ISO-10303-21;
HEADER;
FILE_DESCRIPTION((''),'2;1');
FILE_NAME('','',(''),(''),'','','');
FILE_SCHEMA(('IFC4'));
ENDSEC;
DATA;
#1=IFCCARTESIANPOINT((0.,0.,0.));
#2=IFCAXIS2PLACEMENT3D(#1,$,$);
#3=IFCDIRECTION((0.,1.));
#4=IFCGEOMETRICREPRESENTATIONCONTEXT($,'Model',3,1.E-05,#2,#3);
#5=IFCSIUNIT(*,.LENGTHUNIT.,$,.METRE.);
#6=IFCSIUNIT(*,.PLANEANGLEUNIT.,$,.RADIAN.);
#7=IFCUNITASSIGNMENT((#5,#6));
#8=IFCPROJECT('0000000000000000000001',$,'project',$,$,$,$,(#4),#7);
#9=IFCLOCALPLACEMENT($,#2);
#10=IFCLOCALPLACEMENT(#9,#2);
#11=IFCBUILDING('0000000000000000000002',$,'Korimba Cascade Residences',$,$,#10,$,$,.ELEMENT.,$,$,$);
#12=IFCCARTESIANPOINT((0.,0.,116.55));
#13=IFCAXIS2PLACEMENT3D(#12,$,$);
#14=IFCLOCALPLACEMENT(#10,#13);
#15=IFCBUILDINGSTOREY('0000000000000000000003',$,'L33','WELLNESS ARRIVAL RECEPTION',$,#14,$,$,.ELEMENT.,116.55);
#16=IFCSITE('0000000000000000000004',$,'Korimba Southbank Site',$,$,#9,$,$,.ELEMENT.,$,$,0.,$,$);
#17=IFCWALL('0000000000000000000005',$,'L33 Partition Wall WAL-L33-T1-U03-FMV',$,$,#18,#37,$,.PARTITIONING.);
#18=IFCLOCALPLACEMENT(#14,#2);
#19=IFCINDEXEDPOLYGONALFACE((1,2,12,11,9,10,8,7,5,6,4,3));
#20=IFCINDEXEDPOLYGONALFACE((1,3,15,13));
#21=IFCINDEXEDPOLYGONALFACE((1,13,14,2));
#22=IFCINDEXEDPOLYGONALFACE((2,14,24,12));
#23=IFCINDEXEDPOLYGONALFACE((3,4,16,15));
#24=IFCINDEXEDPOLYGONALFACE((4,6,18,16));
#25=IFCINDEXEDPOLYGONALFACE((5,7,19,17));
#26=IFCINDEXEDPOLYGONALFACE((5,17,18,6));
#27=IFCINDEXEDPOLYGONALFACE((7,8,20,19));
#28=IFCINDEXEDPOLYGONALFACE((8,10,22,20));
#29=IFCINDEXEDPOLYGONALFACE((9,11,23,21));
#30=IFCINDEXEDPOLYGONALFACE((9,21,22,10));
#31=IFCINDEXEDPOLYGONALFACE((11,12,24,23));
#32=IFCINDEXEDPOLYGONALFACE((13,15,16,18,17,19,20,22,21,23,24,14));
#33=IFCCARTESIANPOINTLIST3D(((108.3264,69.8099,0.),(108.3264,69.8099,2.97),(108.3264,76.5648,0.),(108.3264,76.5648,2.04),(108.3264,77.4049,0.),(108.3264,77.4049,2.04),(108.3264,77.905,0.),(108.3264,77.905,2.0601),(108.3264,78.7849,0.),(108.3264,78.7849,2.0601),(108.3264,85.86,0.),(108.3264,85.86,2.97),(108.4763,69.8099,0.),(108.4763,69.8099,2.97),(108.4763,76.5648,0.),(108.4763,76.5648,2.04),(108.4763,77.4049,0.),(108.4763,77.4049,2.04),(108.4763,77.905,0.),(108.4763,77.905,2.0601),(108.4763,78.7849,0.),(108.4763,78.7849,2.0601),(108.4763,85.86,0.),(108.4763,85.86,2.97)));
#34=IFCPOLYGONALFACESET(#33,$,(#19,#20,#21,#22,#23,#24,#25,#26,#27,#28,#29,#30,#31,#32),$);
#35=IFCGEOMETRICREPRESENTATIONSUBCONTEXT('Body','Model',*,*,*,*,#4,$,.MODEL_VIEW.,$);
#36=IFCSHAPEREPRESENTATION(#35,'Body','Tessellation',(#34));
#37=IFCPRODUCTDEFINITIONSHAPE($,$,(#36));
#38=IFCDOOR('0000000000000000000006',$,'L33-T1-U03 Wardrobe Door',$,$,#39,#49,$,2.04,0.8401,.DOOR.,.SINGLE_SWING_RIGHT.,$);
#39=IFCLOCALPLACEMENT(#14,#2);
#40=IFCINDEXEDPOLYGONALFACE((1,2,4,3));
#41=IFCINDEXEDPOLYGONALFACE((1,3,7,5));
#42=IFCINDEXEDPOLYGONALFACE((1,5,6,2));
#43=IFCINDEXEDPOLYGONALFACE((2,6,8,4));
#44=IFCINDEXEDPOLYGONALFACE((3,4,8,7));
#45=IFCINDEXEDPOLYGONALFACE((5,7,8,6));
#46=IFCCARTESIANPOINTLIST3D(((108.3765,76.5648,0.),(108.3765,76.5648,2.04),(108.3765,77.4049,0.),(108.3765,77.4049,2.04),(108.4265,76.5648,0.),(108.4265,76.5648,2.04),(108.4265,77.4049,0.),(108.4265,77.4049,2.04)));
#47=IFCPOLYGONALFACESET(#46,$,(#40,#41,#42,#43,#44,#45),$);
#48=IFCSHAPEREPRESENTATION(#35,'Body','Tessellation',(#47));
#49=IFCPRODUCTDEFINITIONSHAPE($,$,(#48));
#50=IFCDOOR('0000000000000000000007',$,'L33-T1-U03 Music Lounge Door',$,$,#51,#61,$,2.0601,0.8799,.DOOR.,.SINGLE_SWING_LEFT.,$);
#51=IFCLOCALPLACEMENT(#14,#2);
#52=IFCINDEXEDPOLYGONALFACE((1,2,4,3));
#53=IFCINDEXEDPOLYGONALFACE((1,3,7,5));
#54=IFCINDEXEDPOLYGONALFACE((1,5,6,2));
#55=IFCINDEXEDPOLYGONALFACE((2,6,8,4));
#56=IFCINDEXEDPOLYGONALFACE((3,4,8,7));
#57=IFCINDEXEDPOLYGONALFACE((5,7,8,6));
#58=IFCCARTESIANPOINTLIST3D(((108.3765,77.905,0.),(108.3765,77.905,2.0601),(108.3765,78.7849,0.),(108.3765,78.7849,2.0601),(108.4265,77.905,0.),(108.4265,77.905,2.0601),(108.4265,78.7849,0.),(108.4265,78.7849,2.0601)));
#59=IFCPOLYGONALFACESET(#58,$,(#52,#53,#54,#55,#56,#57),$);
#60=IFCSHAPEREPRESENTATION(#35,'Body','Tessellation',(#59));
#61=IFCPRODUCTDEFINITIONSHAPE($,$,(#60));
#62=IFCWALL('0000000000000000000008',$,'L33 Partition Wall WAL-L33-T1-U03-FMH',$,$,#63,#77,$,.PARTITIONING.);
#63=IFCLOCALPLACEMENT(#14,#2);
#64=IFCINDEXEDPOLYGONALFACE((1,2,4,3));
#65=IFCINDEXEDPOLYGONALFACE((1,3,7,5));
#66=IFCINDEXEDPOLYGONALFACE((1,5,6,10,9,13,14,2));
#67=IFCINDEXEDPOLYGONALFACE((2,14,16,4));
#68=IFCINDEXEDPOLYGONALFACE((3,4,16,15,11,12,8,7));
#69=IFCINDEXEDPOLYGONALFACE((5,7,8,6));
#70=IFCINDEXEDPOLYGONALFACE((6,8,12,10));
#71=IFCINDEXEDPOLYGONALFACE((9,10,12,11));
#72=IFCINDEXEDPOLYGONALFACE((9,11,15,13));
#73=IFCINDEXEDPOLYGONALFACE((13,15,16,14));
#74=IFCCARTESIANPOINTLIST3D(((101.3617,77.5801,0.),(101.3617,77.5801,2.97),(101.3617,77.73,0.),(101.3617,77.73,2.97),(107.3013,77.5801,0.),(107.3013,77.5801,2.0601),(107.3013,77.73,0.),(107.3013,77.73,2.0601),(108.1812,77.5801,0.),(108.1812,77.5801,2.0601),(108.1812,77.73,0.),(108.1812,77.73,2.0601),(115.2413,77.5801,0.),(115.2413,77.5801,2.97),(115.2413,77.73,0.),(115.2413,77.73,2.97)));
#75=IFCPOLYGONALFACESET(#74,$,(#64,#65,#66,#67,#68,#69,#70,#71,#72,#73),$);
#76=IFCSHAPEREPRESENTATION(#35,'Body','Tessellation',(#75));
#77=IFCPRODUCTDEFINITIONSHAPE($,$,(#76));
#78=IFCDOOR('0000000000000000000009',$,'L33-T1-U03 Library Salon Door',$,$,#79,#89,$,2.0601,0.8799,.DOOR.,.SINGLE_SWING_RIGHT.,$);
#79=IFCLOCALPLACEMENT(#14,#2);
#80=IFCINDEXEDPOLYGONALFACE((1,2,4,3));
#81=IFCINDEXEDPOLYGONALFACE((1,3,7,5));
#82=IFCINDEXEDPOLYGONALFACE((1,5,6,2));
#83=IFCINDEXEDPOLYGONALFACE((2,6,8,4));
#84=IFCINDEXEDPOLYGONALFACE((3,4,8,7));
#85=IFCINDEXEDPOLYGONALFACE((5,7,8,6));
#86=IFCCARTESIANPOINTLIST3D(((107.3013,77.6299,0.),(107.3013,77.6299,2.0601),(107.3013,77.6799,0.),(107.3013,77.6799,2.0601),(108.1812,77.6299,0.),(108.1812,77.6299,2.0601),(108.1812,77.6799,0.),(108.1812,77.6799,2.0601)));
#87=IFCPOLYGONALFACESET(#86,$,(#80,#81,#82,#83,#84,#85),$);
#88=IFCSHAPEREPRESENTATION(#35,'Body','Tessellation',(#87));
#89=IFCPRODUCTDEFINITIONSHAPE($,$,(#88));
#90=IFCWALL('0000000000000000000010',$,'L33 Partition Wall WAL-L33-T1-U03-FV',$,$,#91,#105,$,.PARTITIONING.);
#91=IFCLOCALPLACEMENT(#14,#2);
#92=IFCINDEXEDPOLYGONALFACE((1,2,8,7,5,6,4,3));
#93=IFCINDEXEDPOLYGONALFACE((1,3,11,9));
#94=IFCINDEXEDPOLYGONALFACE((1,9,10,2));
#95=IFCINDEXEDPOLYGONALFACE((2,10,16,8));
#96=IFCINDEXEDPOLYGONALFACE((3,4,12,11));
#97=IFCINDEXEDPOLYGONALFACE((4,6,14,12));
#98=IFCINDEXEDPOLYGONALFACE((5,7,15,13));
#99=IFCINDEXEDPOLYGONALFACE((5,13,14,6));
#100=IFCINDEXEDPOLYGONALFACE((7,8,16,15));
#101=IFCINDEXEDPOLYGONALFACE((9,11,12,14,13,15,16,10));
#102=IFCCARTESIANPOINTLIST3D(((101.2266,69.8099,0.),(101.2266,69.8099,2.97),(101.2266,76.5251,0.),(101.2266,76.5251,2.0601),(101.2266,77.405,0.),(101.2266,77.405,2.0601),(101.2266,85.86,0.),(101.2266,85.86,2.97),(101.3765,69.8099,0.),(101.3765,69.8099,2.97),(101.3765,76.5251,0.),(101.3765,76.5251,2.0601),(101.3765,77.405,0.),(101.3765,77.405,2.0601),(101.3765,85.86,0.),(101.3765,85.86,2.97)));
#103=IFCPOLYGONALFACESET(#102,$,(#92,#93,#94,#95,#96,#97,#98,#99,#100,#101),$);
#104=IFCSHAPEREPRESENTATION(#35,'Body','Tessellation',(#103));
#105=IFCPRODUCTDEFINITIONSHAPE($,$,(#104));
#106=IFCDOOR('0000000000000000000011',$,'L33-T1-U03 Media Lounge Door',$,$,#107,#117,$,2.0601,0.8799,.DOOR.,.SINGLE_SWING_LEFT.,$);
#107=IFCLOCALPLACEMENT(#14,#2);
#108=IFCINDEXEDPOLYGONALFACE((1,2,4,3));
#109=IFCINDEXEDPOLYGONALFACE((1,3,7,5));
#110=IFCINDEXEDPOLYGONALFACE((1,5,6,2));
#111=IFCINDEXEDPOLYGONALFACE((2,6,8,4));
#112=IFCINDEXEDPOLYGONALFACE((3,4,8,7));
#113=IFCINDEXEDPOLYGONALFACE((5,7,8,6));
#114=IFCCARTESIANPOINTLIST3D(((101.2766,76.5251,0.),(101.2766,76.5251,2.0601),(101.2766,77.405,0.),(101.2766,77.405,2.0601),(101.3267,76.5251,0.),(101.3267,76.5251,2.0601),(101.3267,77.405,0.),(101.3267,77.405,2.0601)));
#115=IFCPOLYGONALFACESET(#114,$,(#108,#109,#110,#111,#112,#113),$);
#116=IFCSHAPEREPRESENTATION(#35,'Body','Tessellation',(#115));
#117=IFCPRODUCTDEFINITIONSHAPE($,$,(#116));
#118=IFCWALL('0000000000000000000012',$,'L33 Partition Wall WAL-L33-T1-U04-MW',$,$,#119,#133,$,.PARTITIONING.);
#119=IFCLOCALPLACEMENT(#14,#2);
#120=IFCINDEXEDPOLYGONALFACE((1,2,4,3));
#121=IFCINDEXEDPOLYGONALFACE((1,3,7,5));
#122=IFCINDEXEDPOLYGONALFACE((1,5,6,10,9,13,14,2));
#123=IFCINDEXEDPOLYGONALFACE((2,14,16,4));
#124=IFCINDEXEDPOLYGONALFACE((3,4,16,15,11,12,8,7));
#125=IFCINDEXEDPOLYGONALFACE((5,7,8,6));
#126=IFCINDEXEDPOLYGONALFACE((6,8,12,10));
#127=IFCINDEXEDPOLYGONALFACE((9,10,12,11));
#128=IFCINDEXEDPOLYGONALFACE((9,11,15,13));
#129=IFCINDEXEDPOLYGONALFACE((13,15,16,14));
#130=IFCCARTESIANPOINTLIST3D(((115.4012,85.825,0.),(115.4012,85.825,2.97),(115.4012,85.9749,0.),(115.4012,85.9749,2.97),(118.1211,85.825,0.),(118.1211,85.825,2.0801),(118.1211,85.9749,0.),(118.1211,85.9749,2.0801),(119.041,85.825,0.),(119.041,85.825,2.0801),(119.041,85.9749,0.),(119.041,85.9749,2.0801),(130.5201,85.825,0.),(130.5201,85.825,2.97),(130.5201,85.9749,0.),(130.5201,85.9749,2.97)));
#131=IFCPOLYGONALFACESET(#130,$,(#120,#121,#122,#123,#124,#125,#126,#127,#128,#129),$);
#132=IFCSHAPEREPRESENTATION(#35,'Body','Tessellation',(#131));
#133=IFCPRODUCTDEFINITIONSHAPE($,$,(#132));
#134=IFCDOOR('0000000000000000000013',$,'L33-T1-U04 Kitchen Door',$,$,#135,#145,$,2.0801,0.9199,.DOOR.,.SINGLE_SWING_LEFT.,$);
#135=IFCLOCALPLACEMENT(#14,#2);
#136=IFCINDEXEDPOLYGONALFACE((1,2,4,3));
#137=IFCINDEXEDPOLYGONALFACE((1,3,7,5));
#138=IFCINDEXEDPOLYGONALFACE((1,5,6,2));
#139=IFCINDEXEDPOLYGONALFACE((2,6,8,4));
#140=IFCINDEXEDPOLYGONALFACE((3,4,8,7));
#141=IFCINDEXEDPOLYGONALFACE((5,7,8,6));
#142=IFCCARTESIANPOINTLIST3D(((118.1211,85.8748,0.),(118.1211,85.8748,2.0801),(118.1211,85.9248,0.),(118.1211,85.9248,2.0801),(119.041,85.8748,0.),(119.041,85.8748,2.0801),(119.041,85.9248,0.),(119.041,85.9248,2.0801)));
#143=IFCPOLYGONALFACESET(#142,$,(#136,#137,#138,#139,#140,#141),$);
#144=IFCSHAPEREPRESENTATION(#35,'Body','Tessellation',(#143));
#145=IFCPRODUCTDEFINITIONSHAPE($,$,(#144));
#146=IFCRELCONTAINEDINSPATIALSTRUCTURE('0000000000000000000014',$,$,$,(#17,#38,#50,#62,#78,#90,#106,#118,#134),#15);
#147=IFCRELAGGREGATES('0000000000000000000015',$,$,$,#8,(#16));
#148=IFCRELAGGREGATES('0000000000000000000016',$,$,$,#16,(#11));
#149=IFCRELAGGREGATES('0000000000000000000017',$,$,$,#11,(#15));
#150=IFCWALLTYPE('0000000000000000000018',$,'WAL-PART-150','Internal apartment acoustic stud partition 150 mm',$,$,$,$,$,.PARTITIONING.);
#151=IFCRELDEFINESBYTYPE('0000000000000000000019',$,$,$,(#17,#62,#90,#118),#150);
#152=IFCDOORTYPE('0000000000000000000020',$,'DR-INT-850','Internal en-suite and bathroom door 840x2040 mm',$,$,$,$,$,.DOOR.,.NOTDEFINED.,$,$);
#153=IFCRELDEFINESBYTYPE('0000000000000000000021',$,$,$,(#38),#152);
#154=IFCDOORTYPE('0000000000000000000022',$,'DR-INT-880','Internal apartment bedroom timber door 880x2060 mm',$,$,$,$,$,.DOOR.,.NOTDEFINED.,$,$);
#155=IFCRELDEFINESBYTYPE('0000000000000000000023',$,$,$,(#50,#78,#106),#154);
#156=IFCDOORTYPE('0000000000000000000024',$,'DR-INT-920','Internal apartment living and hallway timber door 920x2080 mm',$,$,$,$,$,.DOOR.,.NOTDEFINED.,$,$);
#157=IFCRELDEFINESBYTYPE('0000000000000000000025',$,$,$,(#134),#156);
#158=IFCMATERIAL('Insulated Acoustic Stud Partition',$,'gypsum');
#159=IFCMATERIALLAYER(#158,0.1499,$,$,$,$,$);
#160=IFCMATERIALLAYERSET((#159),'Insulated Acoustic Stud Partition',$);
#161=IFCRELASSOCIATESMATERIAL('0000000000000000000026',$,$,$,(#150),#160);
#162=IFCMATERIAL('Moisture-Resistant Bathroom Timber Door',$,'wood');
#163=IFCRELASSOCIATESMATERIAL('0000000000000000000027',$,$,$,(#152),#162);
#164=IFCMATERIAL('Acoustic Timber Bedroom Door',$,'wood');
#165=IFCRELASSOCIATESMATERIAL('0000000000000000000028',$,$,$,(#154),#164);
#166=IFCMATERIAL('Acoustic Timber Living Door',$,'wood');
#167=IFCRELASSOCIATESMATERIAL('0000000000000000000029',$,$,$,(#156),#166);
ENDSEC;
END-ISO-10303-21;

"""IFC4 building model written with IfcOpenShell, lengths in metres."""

from ifc_helpers import new_model, si_unit, direction, frame, frame_2d, origin, place, context, subcontext, project, spatial, rectangle, extrude, material, layer, layer_set, type_object, element, fill, save


model = new_model("IFC4")

# Units and contexts
model_context = context("Model", 3, precision=1e-05, world=origin(), true_north=direction((0.0, 1.0)))
body_context = subcontext(model_context, "Body", "Model", "MODEL_VIEW")
ifc_project = project(units=[si_unit("LENGTHUNIT", "METRE"), si_unit("PLANEANGLEUNIT", "RADIAN")], contexts=[model_context])

# Site, building, storey
site_placement = place(None, origin())
site = spatial("IfcSite", under=ifc_project, at=site_placement, Name="Korimba Southbank Site", CompositionType="ELEMENT", RefElevation=0.0)
building_placement = place(site_placement, origin())
building = spatial("IfcBuilding", under=site, at=building_placement, Name="Korimba Cascade Residences", CompositionType="ELEMENT")
storey_placement = place(building_placement, frame((0.0, 0.0, 116.55)))
storey = spatial("IfcBuildingStorey", under=building, at=storey_placement, Name="L33", Description="WELLNESS ARRIVAL RECEPTION", CompositionType="ELEMENT", Elevation=116.55)

# Wall, openings, doors
ifc_material_1 = material(Name="Insulated Acoustic Stud Partition", Category="gypsum")
ifc_layer_1 = layer(ifc_material_1, 0.1499)
ifc_layer_set_1 = layer_set([ifc_layer_1], Name="Insulated Acoustic Stud Partition")
wall_type_1 = type_object("IfcWallType", Name="WAL-PART-150", Description="Internal apartment acoustic stud partition 150 mm", PredefinedType="PARTITIONING", material=ifc_layer_set_1)
wall_1_placement = place(storey_placement, frame((108.4014, 69.8101, 0.0), z_axis=(0.0, 0.0, 1.0), x_axis=(0.0, 1.0, 0.0)))
wall_1 = element("IfcWall", 1, at=wall_1_placement, inside=storey, type_object=wall_type_1, Name="L33 Partition Wall WAL-L33-T1-U03-FMV", PredefinedType="PARTITIONING", context=body_context, shape_type="SweptSolid", body=[
    extrude(rectangle(XDim=16.05, YDim=0.1499, at=frame_2d((8.0249, 0.0))), origin(), (0.0, 0.0, 1.0), 2.97),
])
opening_1_placement = place(wall_1_placement, frame((6.7549, 0.0, 0.0)))
opening_1 = element("IfcOpeningElement", 2, at=opening_1_placement, cuts=wall_1, PredefinedType="OPENING", context=body_context, shape_type="SweptSolid", body=[
    extrude(rectangle(XDim=0.8401, YDim=2.04, at=frame_2d((0.4199, 1.02))), frame((0.0, 0.085, 0.0), z_axis=(0.0, -1.0, 0.0), x_axis=(1.0, 0.0, 0.0)), (0.0, 0.0, 1.0), 0.1699),
])
opening_2_placement = place(wall_1_placement, frame((8.095, 0.0, 0.0)))
opening_2 = element("IfcOpeningElement", 3, at=opening_2_placement, cuts=wall_1, PredefinedType="OPENING", context=body_context, shape_type="SweptSolid", body=[
    extrude(rectangle(XDim=0.8799, YDim=2.0601, at=frame_2d((0.4399, 1.03))), frame((0.0, 0.085, 0.0), z_axis=(0.0, -1.0, 0.0), x_axis=(1.0, 0.0, 0.0)), (0.0, 0.0, 1.0), 0.1699),
])
ifc_material_2 = material(Name="Moisture-Resistant Bathroom Timber Door", Category="wood")
door_type_1 = type_object("IfcDoorType", Name="DR-INT-850", Description="Internal en-suite and bathroom door 840x2040 mm", OperationType="NOTDEFINED", PredefinedType="DOOR", material=ifc_material_2)
door_1_placement = place(opening_1_placement, origin())
door_1 = element("IfcDoor", 4, at=door_1_placement, inside=storey, type_object=door_type_1, Name="L33-T1-U03 Wardrobe Door", OperationType="SINGLE_SWING_RIGHT", OverallHeight=2.04, OverallWidth=0.8401, PredefinedType="DOOR", context=body_context, shape_type="SweptSolid", body=[
    extrude(rectangle(XDim=0.8401, YDim=2.04, at=frame_2d((0.4199, 1.02))), frame((0.0, 0.0249, 0.0), z_axis=(0.0, -1.0, 0.0), x_axis=(1.0, 0.0, 0.0)), (0.0, 0.0, 1.0), 0.05),
])
fill(opening_1, door_1)
ifc_material_3 = material(Name="Acoustic Timber Bedroom Door", Category="wood")
door_type_2 = type_object("IfcDoorType", Name="DR-INT-880", Description="Internal apartment bedroom timber door 880x2060 mm", OperationType="NOTDEFINED", PredefinedType="DOOR", material=ifc_material_3)
door_2_placement = place(opening_2_placement, origin())
door_2 = element("IfcDoor", 5, at=door_2_placement, inside=storey, type_object=door_type_2, Name="L33-T1-U03 Music Lounge Door", OperationType="SINGLE_SWING_LEFT", OverallHeight=2.0601, OverallWidth=0.8799, PredefinedType="DOOR", context=body_context, shape_type="SweptSolid", body=[
    extrude(rectangle(XDim=0.8799, YDim=2.0601, at=frame_2d((0.4399, 1.03))), frame((0.0, 0.0249, 0.0), z_axis=(0.0, -1.0, 0.0), x_axis=(1.0, 0.0, 0.0)), (0.0, 0.0, 1.0), 0.05),
])
fill(opening_2, door_2)

# Walls, openings, doors
wall_2_placement = place(storey_placement, frame((101.3616, 77.655, 0.0), z_axis=(0.0, 0.0, 1.0), x_axis=(1.0, 0.0, 0.0)))
wall_2 = element("IfcWall", 6, at=wall_2_placement, inside=storey, type_object=wall_type_1, Name="L33 Partition Wall WAL-L33-T1-U03-FMH", PredefinedType="PARTITIONING", context=body_context, shape_type="SweptSolid", body=[
    extrude(rectangle(XDim=13.8796, YDim=0.1499, at=frame_2d((6.9399, 0.0))), origin(), (0.0, 0.0, 1.0), 2.97),
])
opening_3_placement = place(wall_2_placement, frame((5.9397, 0.0, 0.0)))
opening_3 = element("IfcOpeningElement", 7, at=opening_3_placement, cuts=wall_2, PredefinedType="OPENING", context=body_context, shape_type="SweptSolid", body=[
    extrude(rectangle(XDim=0.8799, YDim=2.0601, at=frame_2d((0.4399, 1.03))), frame((0.0, 0.085, 0.0), z_axis=(0.0, -1.0, 0.0), x_axis=(1.0, 0.0, 0.0)), (0.0, 0.0, 1.0), 0.1699),
])
door_3_placement = place(opening_3_placement, origin())
door_3 = element("IfcDoor", 8, at=door_3_placement, inside=storey, type_object=door_type_2, Name="L33-T1-U03 Library Salon Door", OperationType="SINGLE_SWING_RIGHT", OverallHeight=2.0601, OverallWidth=0.8799, PredefinedType="DOOR", context=body_context, shape_type="SweptSolid", body=[
    extrude(rectangle(XDim=0.8799, YDim=2.0601, at=frame_2d((0.4399, 1.03))), frame((0.0, 0.0249, 0.0), z_axis=(0.0, -1.0, 0.0), x_axis=(1.0, 0.0, 0.0)), (0.0, 0.0, 1.0), 0.05),
])
fill(opening_3, door_3)
wall_3_placement = place(storey_placement, frame((101.3015, 69.8101, 0.0), z_axis=(0.0, 0.0, 1.0), x_axis=(0.0, 1.0, 0.0)))
wall_3 = element("IfcWall", 9, at=wall_3_placement, inside=storey, type_object=wall_type_1, Name="L33 Partition Wall WAL-L33-T1-U03-FV", PredefinedType="PARTITIONING", context=body_context, shape_type="SweptSolid", body=[
    extrude(rectangle(XDim=16.05, YDim=0.1499, at=frame_2d((8.0249, 0.0))), origin(), (0.0, 0.0, 1.0), 2.97),
])
opening_4_placement = place(wall_3_placement, frame((6.7151, 0.0, 0.0)))
opening_4 = element("IfcOpeningElement", 10, at=opening_4_placement, cuts=wall_3, PredefinedType="OPENING", context=body_context, shape_type="SweptSolid", body=[
    extrude(rectangle(XDim=0.8799, YDim=2.0601, at=frame_2d((0.4399, 1.03))), frame((0.0, 0.085, 0.0), z_axis=(0.0, -1.0, 0.0), x_axis=(1.0, 0.0, 0.0)), (0.0, 0.0, 1.0), 0.1699),
])
door_4_placement = place(opening_4_placement, origin())
door_4 = element("IfcDoor", 11, at=door_4_placement, inside=storey, type_object=door_type_2, Name="L33-T1-U03 Media Lounge Door", OperationType="SINGLE_SWING_LEFT", OverallHeight=2.0601, OverallWidth=0.8799, PredefinedType="DOOR", context=body_context, shape_type="SweptSolid", body=[
    extrude(rectangle(XDim=0.8799, YDim=2.0601, at=frame_2d((0.4399, 1.03))), frame((0.0, 0.0249, 0.0), z_axis=(0.0, -1.0, 0.0), x_axis=(1.0, 0.0, 0.0)), (0.0, 0.0, 1.0), 0.05),
])
fill(opening_4, door_4)
wall_4_placement = place(storey_placement, frame((115.4011, 85.8999, 0.0), z_axis=(0.0, 0.0, 1.0), x_axis=(1.0, 0.0, 0.0)))
wall_4 = element("IfcWall", 12, at=wall_4_placement, inside=storey, type_object=wall_type_1, Name="L33 Partition Wall WAL-L33-T1-U04-MW", PredefinedType="PARTITIONING", context=body_context, shape_type="SweptSolid", body=[
    extrude(rectangle(XDim=15.1189, YDim=0.1499, at=frame_2d((7.5596, 0.0))), origin(), (0.0, 0.0, 1.0), 2.97),
])
opening_5_placement = place(wall_4_placement, frame((2.72, 0.0, 0.0)))
opening_5 = element("IfcOpeningElement", 13, at=opening_5_placement, cuts=wall_4, PredefinedType="OPENING", context=body_context, shape_type="SweptSolid", body=[
    extrude(rectangle(XDim=0.9199, YDim=2.0801, at=frame_2d((0.46, 1.04))), frame((0.0, 0.085, 0.0), z_axis=(0.0, -1.0, 0.0), x_axis=(1.0, 0.0, 0.0)), (0.0, 0.0, 1.0), 0.1699),
])
ifc_material_4 = material(Name="Acoustic Timber Living Door", Category="wood")
door_type_3 = type_object("IfcDoorType", Name="DR-INT-920", Description="Internal apartment living and hallway timber door 920x2080 mm", OperationType="NOTDEFINED", PredefinedType="DOOR", material=ifc_material_4)
door_5_placement = place(opening_5_placement, origin())
door_5 = element("IfcDoor", 14, at=door_5_placement, inside=storey, type_object=door_type_3, Name="L33-T1-U04 Kitchen Door", OperationType="SINGLE_SWING_LEFT", OverallHeight=2.0801, OverallWidth=0.9199, PredefinedType="DOOR", context=body_context, shape_type="SweptSolid", body=[
    extrude(rectangle(XDim=0.9199, YDim=2.0801, at=frame_2d((0.46, 1.04))), frame((0.0, 0.0249, 0.0), z_axis=(0.0, -1.0, 0.0), x_axis=(1.0, 0.0, 0.0)), (0.0, 0.0, 1.0), 0.05),
])
fill(opening_5, door_5)

save(model, "model.ifc")
